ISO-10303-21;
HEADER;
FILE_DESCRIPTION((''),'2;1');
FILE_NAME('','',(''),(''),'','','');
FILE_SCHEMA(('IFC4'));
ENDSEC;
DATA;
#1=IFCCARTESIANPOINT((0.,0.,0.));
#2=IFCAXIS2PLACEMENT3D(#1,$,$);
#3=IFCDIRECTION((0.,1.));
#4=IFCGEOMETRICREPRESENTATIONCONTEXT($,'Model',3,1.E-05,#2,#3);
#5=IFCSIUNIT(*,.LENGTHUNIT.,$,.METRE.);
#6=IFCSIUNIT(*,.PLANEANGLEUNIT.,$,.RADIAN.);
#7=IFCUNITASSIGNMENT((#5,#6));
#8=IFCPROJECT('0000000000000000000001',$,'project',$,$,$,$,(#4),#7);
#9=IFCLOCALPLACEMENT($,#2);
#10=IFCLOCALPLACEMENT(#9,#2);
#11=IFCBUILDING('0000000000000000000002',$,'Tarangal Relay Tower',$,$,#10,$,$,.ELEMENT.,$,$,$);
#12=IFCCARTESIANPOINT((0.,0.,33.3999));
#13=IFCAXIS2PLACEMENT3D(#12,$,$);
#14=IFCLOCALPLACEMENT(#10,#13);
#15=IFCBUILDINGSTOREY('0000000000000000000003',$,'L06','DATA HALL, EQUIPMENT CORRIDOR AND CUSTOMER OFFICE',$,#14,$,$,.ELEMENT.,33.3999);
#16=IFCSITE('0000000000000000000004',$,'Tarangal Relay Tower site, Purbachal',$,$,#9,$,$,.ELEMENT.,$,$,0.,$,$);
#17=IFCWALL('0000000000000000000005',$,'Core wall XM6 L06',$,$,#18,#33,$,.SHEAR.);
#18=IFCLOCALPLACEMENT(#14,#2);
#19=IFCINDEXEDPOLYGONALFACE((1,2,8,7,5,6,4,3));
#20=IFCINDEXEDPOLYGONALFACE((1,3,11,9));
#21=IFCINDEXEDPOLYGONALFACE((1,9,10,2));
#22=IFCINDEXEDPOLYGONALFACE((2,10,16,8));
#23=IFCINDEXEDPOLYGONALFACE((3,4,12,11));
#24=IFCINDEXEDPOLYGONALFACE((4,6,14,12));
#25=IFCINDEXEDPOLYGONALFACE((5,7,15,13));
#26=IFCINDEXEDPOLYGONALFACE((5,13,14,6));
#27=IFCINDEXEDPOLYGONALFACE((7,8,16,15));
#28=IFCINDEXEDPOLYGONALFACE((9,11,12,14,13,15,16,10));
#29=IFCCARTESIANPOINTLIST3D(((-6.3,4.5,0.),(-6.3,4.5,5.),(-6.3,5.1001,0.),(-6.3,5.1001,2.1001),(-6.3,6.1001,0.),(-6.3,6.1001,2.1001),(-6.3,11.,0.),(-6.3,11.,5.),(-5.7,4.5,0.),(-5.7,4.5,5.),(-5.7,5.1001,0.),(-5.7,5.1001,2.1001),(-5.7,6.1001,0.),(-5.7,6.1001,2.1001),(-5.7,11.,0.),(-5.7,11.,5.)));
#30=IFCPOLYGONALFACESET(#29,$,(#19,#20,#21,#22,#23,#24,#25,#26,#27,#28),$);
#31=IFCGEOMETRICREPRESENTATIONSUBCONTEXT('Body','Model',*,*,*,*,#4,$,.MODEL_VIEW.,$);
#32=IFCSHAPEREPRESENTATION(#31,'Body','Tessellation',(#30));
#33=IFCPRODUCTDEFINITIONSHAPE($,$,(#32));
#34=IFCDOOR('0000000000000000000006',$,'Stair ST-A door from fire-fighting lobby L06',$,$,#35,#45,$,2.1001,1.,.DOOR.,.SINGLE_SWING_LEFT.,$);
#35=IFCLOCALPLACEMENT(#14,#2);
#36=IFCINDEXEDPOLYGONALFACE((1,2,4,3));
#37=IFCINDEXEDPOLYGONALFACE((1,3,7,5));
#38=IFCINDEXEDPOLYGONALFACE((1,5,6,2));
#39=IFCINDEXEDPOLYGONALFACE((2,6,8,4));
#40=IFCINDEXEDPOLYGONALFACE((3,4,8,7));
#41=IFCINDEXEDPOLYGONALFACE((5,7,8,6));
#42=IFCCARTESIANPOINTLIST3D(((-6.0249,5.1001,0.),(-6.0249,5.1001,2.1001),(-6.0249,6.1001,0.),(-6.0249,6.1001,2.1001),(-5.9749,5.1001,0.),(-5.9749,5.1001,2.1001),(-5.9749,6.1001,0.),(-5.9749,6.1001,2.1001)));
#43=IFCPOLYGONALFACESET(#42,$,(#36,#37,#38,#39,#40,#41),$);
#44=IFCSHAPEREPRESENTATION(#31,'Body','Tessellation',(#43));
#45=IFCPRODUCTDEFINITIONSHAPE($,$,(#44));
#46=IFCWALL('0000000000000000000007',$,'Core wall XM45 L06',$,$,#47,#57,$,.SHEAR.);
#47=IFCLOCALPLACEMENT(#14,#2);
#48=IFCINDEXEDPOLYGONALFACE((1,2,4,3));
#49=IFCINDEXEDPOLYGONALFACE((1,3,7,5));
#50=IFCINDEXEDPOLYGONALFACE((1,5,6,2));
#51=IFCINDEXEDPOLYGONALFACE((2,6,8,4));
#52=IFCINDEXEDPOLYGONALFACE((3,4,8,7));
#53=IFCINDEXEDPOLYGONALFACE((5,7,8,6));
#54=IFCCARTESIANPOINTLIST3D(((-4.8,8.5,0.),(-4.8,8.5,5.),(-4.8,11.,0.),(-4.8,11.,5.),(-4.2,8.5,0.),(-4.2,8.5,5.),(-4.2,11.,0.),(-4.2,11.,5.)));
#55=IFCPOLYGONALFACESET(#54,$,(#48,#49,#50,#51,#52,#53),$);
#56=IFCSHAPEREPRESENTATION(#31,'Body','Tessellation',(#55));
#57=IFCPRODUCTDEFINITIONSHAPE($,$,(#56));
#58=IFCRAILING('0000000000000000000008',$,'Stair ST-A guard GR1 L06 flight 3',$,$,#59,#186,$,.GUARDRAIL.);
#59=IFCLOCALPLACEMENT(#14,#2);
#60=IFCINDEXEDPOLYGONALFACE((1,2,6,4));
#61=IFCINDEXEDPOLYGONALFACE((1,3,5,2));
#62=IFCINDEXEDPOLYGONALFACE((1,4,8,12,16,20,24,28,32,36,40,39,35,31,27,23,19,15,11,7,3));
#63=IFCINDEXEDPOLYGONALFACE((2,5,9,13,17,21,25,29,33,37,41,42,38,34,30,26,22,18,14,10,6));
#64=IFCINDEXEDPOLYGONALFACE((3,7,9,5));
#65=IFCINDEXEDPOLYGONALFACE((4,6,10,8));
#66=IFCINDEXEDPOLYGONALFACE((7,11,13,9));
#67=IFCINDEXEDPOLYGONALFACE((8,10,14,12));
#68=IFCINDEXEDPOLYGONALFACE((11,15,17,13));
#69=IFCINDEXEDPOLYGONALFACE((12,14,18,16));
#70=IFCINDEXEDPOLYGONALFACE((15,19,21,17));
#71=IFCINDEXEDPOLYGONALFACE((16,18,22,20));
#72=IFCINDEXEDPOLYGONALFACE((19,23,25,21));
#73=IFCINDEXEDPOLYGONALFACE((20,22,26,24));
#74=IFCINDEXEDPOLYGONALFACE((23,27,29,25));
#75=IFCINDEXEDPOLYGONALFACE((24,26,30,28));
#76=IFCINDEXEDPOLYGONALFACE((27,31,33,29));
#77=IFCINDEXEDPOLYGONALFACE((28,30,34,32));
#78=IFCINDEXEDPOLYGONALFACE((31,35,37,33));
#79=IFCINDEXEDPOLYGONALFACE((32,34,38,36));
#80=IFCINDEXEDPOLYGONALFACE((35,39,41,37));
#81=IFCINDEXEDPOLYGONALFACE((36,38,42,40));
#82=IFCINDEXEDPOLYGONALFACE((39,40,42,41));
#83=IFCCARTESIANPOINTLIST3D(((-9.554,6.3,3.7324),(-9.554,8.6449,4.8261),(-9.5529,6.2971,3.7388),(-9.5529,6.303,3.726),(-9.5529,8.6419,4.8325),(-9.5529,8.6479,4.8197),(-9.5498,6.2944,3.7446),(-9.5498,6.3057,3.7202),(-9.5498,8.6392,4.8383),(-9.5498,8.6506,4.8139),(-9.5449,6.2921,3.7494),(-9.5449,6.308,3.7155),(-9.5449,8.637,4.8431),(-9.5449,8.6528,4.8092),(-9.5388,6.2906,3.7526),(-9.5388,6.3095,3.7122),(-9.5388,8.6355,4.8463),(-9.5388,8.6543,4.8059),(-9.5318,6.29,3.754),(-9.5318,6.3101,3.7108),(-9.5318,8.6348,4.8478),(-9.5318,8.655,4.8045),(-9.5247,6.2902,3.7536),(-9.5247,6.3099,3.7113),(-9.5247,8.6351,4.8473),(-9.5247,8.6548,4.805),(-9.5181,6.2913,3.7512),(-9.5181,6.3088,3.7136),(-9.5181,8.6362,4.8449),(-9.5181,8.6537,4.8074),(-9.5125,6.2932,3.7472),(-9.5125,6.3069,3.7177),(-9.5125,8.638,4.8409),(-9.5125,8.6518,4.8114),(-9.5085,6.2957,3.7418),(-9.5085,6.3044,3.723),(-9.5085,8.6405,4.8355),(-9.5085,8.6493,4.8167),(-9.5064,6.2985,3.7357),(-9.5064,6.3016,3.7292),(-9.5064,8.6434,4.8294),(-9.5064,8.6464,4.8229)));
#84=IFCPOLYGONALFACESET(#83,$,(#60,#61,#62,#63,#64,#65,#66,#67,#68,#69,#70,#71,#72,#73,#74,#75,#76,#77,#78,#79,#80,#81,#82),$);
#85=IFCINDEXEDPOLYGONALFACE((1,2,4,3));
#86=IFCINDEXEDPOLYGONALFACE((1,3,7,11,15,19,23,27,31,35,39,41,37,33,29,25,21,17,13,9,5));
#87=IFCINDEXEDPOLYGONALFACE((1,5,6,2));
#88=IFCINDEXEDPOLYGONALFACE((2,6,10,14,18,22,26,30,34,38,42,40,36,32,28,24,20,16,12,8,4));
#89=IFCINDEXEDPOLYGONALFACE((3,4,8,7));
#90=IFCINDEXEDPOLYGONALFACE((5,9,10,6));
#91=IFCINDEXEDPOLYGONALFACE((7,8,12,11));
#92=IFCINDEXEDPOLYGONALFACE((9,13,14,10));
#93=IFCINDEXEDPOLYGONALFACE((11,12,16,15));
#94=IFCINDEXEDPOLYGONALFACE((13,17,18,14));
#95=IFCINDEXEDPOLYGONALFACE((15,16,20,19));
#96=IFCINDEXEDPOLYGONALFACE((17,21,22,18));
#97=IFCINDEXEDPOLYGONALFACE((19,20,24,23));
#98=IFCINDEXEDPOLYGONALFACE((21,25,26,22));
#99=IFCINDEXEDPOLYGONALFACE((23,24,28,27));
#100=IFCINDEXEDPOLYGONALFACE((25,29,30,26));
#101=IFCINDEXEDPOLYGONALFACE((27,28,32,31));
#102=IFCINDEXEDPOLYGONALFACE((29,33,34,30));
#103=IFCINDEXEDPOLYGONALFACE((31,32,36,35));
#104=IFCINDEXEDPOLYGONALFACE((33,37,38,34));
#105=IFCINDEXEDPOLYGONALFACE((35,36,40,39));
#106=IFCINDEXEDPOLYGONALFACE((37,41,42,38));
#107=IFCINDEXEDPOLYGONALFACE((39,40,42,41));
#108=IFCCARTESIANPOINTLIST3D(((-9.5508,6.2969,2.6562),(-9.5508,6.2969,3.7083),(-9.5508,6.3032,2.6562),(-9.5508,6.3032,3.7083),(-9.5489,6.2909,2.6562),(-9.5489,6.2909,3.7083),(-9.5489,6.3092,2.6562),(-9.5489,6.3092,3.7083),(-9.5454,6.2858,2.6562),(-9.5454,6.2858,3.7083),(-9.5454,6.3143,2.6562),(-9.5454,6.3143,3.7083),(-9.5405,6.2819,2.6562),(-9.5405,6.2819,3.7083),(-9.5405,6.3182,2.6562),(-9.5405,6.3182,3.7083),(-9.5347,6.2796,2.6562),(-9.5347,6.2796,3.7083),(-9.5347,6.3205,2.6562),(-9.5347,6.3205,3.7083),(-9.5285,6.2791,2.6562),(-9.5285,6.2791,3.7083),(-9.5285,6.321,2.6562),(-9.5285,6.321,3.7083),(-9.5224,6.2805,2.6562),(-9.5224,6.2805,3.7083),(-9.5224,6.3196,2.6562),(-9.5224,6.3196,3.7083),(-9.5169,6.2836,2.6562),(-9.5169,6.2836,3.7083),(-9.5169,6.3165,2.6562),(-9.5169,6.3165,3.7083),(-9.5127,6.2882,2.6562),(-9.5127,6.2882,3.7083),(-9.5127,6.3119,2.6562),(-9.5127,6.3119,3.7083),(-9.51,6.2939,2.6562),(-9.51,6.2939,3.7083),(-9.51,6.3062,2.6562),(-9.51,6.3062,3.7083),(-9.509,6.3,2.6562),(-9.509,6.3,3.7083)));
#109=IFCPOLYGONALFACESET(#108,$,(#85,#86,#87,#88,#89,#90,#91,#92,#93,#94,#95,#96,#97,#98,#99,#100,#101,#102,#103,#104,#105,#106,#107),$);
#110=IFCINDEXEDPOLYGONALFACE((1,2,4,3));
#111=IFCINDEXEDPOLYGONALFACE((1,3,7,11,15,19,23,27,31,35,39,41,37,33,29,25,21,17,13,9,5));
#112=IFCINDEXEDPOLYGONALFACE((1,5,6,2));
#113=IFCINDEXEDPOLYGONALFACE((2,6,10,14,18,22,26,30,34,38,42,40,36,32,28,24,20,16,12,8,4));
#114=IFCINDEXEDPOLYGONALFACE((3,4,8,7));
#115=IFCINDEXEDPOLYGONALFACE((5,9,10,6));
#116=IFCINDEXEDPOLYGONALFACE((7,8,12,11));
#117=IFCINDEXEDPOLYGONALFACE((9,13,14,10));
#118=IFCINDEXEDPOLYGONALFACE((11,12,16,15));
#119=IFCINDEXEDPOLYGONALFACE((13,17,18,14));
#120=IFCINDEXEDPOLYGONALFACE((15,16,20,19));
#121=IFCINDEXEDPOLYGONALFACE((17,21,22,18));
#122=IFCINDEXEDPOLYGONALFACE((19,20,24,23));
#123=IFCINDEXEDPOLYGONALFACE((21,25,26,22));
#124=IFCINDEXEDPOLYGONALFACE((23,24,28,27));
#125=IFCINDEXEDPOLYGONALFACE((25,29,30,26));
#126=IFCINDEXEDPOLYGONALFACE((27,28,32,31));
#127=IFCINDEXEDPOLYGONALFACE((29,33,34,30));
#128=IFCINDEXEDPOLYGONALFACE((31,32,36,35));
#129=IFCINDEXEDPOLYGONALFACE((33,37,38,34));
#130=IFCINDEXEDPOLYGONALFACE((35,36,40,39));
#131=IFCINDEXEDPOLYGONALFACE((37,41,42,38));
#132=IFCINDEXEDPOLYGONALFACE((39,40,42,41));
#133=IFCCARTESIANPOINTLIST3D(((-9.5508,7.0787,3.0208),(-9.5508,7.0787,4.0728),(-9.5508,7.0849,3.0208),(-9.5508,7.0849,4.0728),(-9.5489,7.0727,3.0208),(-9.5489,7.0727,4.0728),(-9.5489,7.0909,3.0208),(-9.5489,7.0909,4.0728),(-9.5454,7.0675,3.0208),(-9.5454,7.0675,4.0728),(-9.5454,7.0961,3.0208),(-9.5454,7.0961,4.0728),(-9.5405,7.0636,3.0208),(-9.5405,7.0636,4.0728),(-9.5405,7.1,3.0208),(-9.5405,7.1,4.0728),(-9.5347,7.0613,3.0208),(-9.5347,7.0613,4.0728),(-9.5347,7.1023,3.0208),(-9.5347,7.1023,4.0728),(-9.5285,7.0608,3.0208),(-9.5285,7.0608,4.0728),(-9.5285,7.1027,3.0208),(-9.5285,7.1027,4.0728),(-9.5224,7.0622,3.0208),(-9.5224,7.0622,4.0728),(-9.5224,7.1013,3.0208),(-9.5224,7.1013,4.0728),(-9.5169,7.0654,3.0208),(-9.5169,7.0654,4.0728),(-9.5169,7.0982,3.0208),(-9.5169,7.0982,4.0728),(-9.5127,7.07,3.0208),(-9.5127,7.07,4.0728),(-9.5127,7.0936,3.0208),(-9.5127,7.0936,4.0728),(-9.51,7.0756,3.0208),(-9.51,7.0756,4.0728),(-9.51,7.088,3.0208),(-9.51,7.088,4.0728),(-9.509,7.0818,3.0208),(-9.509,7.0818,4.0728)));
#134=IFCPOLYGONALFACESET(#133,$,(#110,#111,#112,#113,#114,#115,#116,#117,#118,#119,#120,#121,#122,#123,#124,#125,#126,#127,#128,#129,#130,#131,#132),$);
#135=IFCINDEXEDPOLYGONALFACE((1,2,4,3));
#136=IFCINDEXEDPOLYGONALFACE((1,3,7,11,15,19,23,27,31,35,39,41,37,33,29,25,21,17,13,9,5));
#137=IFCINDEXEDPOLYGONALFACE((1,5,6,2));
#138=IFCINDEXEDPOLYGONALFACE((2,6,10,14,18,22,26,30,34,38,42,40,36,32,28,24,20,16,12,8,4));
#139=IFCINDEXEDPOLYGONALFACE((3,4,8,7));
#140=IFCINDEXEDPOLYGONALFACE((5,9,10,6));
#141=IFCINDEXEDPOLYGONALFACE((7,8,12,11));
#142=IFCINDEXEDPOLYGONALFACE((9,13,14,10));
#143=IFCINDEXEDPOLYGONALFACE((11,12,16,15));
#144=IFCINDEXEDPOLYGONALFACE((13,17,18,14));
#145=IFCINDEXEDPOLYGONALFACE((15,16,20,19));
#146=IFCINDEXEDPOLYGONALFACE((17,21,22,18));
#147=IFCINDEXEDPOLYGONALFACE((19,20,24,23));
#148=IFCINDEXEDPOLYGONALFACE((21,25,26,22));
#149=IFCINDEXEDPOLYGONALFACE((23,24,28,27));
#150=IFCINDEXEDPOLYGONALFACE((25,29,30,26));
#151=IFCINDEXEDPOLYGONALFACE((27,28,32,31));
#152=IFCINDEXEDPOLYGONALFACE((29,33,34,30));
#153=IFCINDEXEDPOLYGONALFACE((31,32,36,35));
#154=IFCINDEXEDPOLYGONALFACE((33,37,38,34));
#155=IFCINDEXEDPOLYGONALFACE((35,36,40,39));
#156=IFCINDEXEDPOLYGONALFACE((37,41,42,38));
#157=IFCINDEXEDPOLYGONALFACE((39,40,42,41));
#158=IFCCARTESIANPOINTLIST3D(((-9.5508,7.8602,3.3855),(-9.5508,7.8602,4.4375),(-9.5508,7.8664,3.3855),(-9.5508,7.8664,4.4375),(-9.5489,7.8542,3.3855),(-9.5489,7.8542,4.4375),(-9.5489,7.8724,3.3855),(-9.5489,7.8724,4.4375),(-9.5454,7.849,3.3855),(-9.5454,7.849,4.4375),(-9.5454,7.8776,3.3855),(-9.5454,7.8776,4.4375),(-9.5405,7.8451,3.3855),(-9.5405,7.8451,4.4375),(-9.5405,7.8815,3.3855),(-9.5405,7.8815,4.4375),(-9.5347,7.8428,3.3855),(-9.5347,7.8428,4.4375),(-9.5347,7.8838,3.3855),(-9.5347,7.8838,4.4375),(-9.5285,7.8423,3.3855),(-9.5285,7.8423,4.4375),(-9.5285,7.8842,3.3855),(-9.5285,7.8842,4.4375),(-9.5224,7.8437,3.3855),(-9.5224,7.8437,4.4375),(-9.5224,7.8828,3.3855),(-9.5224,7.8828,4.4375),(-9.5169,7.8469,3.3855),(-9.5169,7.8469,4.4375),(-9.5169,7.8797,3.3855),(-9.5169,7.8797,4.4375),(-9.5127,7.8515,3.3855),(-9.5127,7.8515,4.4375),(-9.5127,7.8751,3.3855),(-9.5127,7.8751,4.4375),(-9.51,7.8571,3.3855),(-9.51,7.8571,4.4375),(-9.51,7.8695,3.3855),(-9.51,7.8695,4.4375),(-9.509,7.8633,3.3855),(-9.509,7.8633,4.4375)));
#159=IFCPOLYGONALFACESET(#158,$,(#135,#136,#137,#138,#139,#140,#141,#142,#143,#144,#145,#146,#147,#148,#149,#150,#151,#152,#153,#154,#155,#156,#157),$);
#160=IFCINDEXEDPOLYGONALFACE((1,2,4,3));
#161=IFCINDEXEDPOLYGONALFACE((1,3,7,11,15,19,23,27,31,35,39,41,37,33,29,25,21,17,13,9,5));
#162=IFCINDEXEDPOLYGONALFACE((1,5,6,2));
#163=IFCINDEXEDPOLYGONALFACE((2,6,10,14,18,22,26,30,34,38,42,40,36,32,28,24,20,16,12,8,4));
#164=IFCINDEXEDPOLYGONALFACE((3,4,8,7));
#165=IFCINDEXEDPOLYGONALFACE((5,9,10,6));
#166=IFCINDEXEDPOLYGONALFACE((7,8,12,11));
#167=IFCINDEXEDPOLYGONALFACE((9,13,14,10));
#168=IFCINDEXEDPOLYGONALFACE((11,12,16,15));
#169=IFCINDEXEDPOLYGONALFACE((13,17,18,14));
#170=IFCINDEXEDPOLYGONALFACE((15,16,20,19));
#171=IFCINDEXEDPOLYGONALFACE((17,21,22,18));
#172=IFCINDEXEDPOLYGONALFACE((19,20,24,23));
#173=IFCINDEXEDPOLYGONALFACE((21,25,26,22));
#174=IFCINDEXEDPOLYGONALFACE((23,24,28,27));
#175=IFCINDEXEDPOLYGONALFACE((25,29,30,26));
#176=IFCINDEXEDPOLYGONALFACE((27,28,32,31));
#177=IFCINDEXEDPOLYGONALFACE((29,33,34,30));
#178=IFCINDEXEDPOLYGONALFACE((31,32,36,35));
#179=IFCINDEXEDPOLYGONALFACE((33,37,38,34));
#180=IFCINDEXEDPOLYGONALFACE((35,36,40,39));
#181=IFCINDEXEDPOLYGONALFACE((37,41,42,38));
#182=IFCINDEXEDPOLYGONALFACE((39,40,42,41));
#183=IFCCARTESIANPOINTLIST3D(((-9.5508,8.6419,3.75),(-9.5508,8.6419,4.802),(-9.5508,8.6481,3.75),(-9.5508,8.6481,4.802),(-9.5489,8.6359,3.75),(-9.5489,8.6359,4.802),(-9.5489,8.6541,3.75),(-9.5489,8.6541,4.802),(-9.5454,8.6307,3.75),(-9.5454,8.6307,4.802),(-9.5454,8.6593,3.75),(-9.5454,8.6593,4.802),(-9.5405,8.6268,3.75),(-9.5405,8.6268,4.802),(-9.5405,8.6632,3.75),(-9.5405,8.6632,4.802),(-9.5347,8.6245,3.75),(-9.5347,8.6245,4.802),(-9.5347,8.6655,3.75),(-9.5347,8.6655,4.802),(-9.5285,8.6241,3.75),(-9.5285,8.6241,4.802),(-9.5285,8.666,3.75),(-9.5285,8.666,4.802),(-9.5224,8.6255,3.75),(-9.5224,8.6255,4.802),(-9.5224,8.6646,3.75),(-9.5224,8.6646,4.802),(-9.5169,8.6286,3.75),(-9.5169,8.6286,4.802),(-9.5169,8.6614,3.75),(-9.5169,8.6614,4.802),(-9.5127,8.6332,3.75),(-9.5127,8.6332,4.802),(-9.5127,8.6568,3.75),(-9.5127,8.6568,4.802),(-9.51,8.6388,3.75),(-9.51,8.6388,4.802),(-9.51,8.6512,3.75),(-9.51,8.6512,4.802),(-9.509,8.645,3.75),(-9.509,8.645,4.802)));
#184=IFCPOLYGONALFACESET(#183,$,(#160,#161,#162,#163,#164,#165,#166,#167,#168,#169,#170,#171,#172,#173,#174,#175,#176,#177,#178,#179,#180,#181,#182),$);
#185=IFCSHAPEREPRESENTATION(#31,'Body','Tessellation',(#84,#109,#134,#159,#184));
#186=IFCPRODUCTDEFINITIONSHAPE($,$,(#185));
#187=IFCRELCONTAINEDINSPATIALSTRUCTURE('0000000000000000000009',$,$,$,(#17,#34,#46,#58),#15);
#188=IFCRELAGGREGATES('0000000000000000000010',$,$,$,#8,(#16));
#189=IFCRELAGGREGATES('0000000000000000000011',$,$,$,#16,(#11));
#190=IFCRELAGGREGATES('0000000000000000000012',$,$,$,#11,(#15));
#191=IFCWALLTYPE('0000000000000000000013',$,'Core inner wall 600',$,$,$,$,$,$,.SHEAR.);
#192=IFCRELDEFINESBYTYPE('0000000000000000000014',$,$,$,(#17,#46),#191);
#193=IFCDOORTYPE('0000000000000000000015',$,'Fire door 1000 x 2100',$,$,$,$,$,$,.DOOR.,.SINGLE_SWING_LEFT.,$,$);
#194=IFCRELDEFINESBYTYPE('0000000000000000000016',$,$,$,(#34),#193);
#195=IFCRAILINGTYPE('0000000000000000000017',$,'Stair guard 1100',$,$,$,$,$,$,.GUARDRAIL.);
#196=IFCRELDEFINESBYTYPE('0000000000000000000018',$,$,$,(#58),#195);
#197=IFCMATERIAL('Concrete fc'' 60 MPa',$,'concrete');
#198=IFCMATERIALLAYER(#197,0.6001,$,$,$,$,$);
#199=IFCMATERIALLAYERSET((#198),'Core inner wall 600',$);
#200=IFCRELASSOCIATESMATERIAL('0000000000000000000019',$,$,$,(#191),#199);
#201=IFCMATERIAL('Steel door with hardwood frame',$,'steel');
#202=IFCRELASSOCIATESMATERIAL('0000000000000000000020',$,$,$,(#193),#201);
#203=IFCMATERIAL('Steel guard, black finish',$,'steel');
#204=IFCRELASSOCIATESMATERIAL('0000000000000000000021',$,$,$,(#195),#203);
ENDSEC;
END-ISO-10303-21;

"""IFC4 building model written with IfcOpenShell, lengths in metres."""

from ifc_helpers import new_model, si_unit, direction, frame, frame_2d, origin, origin_2d, place, context, subcontext, project, spatial, rectangle, circle, extrude, material, layer, layer_set, type_object, element, fill, save


model = new_model("IFC4")

# Units and contexts
model_context = context("Model", 3, precision=1e-05, world=origin(), true_north=direction((0.0, 1.0)))
body_context = subcontext(model_context, "Body", "Model", "MODEL_VIEW")
ifc_project = project(units=[si_unit("LENGTHUNIT", "METRE"), si_unit("PLANEANGLEUNIT", "RADIAN")], contexts=[model_context])

# Site, building, storey
site_placement = place(None, origin())
site = spatial("IfcSite", under=ifc_project, at=site_placement, Name="Tarangal Relay Tower site, Purbachal", CompositionType="ELEMENT", RefElevation=0.0)
building_placement = place(site_placement, origin())
building = spatial("IfcBuilding", under=site, at=building_placement, Name="Tarangal Relay Tower", CompositionType="ELEMENT")
storey_placement = place(building_placement, frame((0.0, 0.0, 33.3999)))
storey = spatial("IfcBuildingStorey", under=building, at=storey_placement, Name="L06", Description="DATA HALL, EQUIPMENT CORRIDOR AND CUSTOMER OFFICE", CompositionType="ELEMENT", Elevation=33.3999)

# Shared definitions
ifc_material_1 = material(Name="Concrete fc' 60 MPa", Category="concrete")
ifc_layer_1 = layer(ifc_material_1, 0.6001)
ifc_layer_set_1 = layer_set([ifc_layer_1], Name="Core inner wall 600")
wall_type = type_object("IfcWallType", Name="Core inner wall 600", PredefinedType="SHEAR", material=ifc_layer_set_1)
ifc_material_2 = material(Name="Steel door with hardwood frame", Category="steel")

# Wall, opening, door
wall_1_placement = place(storey_placement, frame((-6.0, 4.5, 0.0), z_axis=(0.0, 0.0, 1.0), x_axis=(0.0, 1.0, 0.0)))
wall_1 = element("IfcWall", 1, at=wall_1_placement, inside=storey, type_object=wall_type, Name="Core wall XM6 L06", PredefinedType="SHEAR", context=body_context, shape_type="SweptSolid", body=[
    extrude(rectangle(XDim=6.5, YDim=0.6001, at=frame_2d((3.25, 0.0))), origin(), (0.0, 0.0, 1.0), 5.0),
])
opening_1_placement = place(wall_1_placement, frame((0.6001, 0.0, 0.0)))
opening_1 = element("IfcOpeningElement", 2, at=opening_1_placement, cuts=wall_1, PredefinedType="OPENING", context=body_context, shape_type="SweptSolid", body=[
    extrude(rectangle(XDim=1.0, YDim=2.1001, at=frame_2d((0.5, 1.05))), frame((0.0, 0.3101, 0.0), z_axis=(0.0, -1.0, 0.0), x_axis=(1.0, 0.0, 0.0)), (0.0, 0.0, 1.0), 0.6201),
])
door_type_1 = type_object("IfcDoorType", Name="Fire door 1000 x 2100", OperationType="SINGLE_SWING_LEFT", PredefinedType="DOOR", material=ifc_material_2)
door_1_placement = place(opening_1_placement, origin())
door_1 = element("IfcDoor", 3, at=door_1_placement, inside=storey, type_object=door_type_1, Name="Stair ST-A door from fire-fighting lobby L06", OperationType="SINGLE_SWING_LEFT", OverallHeight=2.1001, OverallWidth=1.0, PredefinedType="DOOR", context=body_context, shape_type="SweptSolid", body=[
    extrude(rectangle(XDim=1.0, YDim=2.1001, at=frame_2d((0.5, 1.05))), frame((0.0, 0.0249, 0.0), z_axis=(0.0, -1.0, 0.0), x_axis=(1.0, 0.0, 0.0)), (0.0, 0.0, 1.0), 0.05),
])
fill(opening_1, door_1)

# Wall
wall_2_placement = place(storey_placement, frame((-4.5, 8.5, 0.0), z_axis=(0.0, 0.0, 1.0), x_axis=(0.0, 1.0, 0.0)))
element("IfcWall", 4, at=wall_2_placement, inside=storey, type_object=wall_type, Name="Core wall XM45 L06", PredefinedType="SHEAR", context=body_context, shape_type="SweptSolid", body=[
    extrude(rectangle(XDim=2.5, YDim=0.6001, at=frame_2d((1.25, 0.0))), origin(), (0.0, 0.0, 1.0), 5.0),
])

# Railing
ifc_material_3 = material(Name="Steel guard, black finish", Category="steel")
railing_type = type_object("IfcRailingType", Name="Stair guard 1100", PredefinedType="GUARDRAIL", material=ifc_material_3)
railing_placement = place(storey_placement, frame((-9.53, 6.3, 2.6562)))
element("IfcRailing", 5, at=railing_placement, inside=storey, type_object=railing_type, Name="Stair ST-A guard GR1 L06 flight 3", PredefinedType="GUARDRAIL", context=body_context, shape_type="SweptSolid", body=[
    extrude(circle(Radius=0.0239, at=origin_2d()), frame((0.0, 0.0, 1.0762), z_axis=(0.0, 0.906267, 0.422705), x_axis=(-1.0, 0.0, 0.0)), (0.0, 0.0, 1.0), 2.5874),
    extrude(circle(Radius=0.021, at=origin_2d()), origin(), (0.0, 0.0, 1.0), 1.052),
    extrude(circle(Radius=0.021, at=origin_2d()), frame((0.0, 0.7817, 0.3645)), (0.0, 0.0, 1.0), 1.052),
    extrude(circle(Radius=0.021, at=origin_2d()), frame((0.0, 1.5632, 0.7292)), (0.0, 0.0, 1.0), 1.052),
    extrude(circle(Radius=0.021, at=origin_2d()), frame((0.0, 2.345, 1.0938)), (0.0, 0.0, 1.0), 1.052),
])

save(model, "model.ifc")
